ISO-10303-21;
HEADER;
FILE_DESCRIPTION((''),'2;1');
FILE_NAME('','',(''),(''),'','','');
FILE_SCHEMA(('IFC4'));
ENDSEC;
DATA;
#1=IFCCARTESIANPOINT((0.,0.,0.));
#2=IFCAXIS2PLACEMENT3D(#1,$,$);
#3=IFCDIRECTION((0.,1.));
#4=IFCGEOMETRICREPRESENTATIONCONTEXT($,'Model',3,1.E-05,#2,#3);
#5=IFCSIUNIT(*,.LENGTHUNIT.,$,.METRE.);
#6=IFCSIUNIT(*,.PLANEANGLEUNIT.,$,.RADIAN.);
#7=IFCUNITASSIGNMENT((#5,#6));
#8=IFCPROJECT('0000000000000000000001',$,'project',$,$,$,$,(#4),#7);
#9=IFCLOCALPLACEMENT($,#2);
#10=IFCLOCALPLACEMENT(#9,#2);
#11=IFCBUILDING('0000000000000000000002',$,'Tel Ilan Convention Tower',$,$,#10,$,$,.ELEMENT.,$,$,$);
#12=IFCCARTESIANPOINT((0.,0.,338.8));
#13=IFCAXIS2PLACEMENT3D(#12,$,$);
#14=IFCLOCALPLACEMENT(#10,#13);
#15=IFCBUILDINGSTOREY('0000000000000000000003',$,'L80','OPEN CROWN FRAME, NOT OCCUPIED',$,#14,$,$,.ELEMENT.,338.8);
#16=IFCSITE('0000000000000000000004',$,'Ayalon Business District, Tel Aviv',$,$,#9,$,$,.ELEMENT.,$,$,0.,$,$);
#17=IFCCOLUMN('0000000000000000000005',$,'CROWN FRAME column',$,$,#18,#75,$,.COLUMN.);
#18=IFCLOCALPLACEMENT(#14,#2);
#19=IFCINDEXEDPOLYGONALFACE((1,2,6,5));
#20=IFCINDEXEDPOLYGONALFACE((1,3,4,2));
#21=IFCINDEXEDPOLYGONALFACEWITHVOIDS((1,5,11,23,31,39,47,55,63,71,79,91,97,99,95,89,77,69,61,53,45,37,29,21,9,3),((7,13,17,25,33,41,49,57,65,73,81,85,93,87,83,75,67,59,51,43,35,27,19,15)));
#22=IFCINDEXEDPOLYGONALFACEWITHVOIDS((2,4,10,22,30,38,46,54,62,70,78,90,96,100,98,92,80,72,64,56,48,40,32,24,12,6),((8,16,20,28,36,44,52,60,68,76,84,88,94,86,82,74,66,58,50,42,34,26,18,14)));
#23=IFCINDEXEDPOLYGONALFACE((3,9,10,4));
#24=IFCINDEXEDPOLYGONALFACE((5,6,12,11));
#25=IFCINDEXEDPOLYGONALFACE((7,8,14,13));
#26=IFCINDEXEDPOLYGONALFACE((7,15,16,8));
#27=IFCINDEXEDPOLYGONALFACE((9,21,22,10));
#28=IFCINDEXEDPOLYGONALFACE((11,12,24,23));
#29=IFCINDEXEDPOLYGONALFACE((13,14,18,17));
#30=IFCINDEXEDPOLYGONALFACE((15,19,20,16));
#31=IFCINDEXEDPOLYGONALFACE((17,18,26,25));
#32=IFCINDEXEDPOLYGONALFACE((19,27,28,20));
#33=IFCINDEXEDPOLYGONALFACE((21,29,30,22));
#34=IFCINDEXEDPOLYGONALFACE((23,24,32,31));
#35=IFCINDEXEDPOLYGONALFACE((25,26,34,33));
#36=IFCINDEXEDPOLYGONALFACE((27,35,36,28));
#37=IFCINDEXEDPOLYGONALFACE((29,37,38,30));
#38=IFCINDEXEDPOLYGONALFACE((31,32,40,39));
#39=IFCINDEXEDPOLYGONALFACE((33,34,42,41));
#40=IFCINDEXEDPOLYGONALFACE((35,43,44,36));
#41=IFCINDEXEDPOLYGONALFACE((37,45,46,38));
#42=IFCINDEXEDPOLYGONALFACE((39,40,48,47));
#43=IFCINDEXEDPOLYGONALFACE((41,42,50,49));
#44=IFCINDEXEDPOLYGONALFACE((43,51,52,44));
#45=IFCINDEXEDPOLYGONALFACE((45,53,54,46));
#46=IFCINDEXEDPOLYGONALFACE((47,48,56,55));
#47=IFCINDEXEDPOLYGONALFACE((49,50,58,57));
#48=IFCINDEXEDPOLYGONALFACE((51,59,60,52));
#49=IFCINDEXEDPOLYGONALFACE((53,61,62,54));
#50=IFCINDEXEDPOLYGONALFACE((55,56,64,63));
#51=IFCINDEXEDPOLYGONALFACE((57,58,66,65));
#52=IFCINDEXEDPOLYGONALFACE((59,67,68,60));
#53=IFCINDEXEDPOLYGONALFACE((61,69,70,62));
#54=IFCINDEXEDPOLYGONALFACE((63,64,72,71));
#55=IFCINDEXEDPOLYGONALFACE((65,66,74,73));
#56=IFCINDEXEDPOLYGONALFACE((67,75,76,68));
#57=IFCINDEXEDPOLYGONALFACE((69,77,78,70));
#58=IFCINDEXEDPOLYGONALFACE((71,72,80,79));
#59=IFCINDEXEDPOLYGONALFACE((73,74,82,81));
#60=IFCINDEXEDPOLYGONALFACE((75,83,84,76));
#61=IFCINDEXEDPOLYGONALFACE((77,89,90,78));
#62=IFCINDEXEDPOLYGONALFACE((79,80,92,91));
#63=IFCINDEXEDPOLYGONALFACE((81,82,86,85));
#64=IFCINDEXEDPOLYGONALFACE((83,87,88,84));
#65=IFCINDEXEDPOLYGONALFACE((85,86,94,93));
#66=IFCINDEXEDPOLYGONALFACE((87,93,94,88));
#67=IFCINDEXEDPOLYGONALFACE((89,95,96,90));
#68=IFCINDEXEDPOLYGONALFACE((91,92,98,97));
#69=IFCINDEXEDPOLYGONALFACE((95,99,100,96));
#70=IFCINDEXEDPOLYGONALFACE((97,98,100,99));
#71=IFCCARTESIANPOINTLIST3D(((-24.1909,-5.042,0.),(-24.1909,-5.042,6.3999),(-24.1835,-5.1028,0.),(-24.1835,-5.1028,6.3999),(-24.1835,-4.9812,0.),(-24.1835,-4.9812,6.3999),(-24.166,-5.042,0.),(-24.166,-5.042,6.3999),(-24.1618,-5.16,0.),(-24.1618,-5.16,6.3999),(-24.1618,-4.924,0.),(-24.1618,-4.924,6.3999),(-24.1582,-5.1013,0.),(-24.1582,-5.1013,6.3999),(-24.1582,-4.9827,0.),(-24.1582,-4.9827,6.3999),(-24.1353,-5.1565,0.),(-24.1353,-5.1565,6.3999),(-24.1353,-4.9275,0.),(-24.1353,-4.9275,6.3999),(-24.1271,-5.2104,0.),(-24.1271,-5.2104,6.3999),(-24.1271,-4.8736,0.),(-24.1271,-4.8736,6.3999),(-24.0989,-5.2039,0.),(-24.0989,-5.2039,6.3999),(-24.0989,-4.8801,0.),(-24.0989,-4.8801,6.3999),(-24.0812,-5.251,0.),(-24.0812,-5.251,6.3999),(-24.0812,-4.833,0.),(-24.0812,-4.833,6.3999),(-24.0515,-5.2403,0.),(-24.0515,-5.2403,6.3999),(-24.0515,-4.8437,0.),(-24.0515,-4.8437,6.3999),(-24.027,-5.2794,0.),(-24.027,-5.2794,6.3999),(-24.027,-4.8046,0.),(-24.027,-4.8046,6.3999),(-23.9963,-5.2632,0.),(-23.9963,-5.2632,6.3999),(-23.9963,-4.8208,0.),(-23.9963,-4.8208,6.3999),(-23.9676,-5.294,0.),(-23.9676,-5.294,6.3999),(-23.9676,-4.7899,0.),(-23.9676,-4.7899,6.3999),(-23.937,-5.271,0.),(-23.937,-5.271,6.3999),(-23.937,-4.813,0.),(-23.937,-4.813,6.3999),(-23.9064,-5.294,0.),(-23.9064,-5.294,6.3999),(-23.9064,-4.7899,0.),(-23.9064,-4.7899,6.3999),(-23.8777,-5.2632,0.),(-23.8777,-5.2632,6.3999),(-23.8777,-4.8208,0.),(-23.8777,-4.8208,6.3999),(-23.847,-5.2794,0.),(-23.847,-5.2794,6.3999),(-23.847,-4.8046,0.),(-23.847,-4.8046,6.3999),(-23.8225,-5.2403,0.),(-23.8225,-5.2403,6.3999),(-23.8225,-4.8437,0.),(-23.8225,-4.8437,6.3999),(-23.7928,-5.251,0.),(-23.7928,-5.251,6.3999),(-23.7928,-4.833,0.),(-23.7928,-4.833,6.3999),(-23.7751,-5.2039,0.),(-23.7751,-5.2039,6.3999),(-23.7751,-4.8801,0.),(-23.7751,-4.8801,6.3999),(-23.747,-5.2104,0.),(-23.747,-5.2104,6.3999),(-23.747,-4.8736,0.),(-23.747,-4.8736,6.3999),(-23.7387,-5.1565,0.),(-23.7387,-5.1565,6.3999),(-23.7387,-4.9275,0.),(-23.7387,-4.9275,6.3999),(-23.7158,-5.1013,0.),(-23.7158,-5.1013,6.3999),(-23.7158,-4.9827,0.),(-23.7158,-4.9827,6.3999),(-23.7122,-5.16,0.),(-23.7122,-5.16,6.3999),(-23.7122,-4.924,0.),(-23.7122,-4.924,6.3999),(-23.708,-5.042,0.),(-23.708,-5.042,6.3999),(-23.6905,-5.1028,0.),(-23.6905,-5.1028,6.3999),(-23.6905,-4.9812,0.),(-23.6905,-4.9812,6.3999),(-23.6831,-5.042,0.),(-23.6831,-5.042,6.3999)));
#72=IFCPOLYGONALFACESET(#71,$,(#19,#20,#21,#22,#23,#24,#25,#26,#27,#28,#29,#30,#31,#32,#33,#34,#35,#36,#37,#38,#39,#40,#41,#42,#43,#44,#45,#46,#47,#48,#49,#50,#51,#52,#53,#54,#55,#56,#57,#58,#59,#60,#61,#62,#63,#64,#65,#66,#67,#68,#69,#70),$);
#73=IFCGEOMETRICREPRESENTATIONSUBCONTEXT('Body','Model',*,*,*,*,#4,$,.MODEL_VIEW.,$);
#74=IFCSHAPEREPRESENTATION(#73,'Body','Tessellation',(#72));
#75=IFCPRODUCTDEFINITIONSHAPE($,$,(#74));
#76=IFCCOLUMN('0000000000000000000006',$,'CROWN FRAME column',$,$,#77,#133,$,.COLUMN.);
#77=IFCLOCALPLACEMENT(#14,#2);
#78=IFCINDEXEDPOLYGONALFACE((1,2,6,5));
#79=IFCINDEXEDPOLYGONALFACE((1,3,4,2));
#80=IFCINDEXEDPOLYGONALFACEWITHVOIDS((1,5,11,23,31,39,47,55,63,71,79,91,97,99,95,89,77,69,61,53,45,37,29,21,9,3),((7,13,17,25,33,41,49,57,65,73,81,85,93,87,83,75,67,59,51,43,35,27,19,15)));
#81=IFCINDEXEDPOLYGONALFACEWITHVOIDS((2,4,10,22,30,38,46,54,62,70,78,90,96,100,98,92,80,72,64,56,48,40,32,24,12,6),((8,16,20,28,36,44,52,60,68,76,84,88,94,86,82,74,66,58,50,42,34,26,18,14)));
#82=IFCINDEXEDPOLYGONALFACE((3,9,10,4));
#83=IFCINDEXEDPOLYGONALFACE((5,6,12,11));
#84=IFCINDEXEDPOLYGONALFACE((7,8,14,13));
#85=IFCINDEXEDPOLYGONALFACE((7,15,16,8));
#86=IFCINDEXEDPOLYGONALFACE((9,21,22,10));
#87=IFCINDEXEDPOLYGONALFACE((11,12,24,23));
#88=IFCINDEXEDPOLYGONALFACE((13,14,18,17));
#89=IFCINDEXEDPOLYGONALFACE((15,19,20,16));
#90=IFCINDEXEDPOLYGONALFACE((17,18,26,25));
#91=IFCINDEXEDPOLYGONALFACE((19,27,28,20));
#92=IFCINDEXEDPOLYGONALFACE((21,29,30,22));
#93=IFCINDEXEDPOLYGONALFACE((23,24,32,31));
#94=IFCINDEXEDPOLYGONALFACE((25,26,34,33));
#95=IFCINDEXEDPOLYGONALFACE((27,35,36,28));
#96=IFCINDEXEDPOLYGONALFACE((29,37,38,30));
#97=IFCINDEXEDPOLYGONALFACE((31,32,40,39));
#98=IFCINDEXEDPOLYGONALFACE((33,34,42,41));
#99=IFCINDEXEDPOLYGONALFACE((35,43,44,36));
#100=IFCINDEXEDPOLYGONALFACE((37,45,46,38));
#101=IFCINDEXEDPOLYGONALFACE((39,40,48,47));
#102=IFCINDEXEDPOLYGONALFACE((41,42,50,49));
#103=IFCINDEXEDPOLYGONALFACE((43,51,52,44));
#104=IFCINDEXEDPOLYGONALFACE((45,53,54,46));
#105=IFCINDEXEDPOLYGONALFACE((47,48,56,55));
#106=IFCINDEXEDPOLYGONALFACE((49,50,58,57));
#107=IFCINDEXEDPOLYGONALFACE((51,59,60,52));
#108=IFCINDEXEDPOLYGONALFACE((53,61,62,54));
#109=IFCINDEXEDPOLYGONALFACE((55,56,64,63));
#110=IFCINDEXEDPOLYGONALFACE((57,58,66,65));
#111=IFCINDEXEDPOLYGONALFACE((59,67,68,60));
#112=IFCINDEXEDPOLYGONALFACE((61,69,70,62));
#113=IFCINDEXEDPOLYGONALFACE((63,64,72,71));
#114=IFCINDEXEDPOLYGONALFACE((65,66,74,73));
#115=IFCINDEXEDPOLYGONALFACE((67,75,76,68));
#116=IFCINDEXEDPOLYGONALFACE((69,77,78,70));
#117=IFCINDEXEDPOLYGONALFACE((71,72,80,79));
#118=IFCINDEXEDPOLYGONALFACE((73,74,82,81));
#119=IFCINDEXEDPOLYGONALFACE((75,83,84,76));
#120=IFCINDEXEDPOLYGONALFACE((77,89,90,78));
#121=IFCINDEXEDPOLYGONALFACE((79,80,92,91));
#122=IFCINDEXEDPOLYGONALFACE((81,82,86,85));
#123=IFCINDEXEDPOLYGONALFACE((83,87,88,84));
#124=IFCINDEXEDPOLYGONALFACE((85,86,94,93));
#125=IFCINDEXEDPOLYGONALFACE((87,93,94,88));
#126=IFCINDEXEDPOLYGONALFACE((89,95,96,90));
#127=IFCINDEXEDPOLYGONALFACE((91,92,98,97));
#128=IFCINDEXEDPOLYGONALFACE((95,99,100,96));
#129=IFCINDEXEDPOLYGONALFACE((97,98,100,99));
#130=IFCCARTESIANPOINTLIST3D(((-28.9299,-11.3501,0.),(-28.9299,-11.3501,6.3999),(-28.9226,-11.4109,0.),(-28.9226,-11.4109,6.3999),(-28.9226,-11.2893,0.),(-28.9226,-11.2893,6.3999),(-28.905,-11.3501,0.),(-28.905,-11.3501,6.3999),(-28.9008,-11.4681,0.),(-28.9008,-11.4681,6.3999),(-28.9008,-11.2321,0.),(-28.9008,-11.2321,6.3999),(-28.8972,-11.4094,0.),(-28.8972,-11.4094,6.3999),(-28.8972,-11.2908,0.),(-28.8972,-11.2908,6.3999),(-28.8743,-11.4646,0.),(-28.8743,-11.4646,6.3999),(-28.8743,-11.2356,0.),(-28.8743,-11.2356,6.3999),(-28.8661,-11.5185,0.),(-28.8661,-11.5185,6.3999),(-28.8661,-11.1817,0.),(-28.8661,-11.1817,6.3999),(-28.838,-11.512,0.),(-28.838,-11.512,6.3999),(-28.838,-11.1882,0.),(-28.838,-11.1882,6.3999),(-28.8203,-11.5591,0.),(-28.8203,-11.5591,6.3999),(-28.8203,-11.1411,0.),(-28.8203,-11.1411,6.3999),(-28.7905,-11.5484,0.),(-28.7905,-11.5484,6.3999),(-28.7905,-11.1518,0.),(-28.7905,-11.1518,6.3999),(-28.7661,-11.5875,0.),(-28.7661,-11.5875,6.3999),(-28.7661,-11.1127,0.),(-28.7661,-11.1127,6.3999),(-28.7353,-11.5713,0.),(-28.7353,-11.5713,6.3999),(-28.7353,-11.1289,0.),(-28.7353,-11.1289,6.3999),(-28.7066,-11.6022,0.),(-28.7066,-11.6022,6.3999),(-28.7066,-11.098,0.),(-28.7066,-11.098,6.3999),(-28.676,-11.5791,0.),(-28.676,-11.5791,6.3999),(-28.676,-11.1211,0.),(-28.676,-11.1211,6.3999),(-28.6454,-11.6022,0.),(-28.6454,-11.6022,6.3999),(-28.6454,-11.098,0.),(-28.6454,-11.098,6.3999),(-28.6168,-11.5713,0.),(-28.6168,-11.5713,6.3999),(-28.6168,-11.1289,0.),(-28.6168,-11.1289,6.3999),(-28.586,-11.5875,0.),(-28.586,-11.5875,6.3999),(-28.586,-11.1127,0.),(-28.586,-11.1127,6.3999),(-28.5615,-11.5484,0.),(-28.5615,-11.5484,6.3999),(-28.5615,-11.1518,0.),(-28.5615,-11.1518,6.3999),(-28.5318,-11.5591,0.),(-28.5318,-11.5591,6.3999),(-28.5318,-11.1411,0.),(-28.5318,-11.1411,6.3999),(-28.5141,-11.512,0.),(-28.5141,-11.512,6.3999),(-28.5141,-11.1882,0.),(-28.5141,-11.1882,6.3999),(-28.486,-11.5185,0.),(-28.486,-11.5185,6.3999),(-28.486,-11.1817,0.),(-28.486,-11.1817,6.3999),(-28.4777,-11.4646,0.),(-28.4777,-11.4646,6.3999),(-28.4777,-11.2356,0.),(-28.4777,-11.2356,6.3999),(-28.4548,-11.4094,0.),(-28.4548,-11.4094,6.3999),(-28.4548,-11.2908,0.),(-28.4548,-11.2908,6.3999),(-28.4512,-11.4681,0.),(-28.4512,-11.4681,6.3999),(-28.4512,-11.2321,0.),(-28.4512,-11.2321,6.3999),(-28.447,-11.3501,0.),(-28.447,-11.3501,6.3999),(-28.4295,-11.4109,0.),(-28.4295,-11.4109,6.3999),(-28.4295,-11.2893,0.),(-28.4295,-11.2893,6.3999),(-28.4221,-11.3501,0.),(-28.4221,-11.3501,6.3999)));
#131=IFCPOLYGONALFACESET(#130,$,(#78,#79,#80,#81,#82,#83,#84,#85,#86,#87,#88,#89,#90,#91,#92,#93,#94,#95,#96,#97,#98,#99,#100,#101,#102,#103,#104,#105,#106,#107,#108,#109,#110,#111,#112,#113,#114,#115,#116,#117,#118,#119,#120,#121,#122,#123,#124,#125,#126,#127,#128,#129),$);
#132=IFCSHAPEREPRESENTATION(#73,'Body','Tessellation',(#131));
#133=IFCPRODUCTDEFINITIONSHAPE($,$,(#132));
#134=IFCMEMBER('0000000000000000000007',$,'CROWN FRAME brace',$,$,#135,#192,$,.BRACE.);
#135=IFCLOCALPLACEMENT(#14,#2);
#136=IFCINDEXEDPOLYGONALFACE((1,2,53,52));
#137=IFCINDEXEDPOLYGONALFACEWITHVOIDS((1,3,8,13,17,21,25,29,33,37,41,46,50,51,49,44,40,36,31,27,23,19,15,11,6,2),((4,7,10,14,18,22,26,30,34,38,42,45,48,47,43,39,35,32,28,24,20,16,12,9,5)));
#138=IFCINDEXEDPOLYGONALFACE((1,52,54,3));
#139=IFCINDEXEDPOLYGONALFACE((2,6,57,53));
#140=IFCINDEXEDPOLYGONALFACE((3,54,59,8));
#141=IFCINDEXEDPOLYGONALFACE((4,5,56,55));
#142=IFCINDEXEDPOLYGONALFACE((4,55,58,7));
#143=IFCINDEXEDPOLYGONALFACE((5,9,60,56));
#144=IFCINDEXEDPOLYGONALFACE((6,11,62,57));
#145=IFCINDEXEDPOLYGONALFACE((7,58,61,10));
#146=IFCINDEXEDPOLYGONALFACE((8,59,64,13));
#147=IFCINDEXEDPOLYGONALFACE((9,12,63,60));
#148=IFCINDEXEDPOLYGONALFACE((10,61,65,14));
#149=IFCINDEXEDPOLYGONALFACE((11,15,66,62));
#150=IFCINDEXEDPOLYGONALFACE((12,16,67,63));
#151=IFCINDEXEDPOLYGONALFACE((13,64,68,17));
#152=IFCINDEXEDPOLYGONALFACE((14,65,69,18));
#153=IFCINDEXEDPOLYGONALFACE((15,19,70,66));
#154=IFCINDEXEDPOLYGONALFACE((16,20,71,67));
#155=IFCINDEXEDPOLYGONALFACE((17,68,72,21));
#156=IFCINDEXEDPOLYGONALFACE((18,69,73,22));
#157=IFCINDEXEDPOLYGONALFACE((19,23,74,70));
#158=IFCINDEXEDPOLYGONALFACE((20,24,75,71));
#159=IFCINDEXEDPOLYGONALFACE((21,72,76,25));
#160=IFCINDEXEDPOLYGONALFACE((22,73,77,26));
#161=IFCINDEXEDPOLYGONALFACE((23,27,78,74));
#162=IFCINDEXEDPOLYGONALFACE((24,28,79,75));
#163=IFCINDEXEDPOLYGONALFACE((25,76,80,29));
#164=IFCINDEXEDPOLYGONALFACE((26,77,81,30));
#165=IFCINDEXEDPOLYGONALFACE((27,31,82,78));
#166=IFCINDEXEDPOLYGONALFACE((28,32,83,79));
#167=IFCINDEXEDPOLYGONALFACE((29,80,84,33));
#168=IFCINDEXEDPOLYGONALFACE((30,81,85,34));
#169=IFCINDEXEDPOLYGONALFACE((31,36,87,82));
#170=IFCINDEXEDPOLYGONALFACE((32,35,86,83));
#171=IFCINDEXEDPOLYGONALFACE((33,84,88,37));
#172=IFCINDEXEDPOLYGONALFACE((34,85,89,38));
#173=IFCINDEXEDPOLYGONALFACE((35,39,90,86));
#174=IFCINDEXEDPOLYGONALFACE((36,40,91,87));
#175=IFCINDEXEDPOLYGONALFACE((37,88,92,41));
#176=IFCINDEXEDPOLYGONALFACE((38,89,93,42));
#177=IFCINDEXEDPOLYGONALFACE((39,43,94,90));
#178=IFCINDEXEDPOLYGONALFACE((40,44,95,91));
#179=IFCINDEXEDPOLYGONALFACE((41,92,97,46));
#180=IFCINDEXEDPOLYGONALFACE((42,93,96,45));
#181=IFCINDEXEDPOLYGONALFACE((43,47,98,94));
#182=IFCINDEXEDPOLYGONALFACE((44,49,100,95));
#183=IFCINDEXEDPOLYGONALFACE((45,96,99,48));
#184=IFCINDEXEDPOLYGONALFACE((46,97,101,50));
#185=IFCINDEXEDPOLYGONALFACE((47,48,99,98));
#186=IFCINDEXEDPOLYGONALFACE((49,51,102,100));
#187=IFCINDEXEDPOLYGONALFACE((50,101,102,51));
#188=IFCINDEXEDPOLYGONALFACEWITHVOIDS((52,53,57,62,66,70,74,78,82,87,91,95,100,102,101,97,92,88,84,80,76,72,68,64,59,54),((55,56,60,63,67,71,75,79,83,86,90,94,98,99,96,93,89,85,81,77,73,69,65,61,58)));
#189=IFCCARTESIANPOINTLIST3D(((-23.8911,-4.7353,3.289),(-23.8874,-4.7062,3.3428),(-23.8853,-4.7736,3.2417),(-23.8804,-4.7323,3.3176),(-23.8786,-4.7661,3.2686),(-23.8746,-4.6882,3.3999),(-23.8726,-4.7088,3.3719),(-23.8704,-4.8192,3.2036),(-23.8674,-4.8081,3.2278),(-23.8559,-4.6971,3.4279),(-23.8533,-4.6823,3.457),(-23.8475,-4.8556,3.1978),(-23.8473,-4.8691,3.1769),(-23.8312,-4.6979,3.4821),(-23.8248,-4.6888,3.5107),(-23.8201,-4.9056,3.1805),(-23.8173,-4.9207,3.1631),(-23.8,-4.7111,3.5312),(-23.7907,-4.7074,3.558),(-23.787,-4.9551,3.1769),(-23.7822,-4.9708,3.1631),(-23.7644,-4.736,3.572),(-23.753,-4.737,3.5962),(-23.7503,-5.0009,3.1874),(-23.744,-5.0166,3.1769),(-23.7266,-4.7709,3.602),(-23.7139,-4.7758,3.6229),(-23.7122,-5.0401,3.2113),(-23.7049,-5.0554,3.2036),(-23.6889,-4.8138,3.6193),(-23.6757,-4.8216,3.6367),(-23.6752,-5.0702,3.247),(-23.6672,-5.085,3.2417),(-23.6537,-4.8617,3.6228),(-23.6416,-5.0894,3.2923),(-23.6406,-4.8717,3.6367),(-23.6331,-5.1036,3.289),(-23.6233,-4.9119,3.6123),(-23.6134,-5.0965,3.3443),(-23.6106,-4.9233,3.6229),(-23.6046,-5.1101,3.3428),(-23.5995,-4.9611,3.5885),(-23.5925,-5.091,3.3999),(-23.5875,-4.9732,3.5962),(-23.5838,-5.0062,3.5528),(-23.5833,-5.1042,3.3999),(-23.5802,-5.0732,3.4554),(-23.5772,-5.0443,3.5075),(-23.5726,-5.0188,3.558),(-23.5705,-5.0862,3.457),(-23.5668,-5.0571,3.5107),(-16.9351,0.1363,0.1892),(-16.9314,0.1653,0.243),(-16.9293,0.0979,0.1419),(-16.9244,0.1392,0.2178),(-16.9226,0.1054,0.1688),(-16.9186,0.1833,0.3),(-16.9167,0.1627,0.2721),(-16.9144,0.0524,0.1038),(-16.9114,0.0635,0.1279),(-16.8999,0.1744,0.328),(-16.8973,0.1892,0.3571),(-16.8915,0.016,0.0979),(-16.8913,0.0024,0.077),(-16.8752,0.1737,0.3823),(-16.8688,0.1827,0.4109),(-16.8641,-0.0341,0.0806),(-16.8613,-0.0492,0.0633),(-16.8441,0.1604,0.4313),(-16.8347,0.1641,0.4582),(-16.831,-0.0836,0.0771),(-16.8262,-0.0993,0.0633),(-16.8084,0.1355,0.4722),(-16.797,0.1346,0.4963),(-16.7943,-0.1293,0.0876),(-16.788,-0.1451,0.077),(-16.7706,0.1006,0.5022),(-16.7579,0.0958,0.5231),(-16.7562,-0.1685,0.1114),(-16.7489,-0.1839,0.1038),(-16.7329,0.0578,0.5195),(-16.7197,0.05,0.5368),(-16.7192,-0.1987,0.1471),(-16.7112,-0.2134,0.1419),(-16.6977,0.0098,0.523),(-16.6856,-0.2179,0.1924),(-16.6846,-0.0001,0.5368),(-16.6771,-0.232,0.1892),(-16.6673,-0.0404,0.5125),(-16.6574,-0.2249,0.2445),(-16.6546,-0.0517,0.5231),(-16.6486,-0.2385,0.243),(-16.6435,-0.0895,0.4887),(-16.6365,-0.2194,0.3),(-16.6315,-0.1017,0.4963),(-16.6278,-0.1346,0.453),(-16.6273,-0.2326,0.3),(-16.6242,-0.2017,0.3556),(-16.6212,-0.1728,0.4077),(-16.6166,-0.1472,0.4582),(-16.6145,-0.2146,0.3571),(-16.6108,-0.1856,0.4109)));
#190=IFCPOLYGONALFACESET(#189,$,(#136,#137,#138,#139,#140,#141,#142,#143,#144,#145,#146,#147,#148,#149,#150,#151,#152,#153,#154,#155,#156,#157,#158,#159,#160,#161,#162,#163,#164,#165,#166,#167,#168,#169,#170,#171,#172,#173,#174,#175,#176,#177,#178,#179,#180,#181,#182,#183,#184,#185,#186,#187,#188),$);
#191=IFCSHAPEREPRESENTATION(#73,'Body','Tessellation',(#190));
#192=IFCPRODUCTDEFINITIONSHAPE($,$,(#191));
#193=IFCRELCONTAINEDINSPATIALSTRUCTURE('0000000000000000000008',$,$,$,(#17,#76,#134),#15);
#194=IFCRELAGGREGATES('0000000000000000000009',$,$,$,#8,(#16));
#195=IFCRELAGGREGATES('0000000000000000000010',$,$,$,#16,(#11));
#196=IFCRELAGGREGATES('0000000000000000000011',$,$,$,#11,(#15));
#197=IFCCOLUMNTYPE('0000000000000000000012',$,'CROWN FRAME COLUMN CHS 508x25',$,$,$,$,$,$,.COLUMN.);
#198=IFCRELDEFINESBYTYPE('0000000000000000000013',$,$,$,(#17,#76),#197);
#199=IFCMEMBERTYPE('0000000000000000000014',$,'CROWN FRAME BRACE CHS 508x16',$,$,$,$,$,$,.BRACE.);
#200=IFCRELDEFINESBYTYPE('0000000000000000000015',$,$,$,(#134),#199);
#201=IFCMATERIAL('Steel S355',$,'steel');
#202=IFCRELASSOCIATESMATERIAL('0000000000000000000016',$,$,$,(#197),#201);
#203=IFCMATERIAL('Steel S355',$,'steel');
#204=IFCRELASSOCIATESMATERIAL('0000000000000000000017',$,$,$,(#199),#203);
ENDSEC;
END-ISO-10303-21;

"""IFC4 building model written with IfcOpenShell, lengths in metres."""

from ifc_helpers import new_model, si_unit, direction, frame, origin, origin_2d, place, context, subcontext, project, spatial, hollow_circle, extrude, material, material_profile, profile_set, type_object, element, save


model = new_model("IFC4")

# Units and contexts
model_context = context("Model", 3, precision=1e-05, world=origin(), true_north=direction((0.0, 1.0)))
body_context = subcontext(model_context, "Body", "Model", "MODEL_VIEW")
ifc_project = project(units=[si_unit("LENGTHUNIT", "METRE"), si_unit("PLANEANGLEUNIT", "RADIAN")], contexts=[model_context])

# Site, building, storey
site_placement = place(None, origin())
site = spatial("IfcSite", under=ifc_project, at=site_placement, Name="Ayalon Business District, Tel Aviv", CompositionType="ELEMENT", RefElevation=0.0)
building_placement = place(site_placement, origin())
building = spatial("IfcBuilding", under=site, at=building_placement, Name="Tel Ilan Convention Tower", CompositionType="ELEMENT")
storey_placement = place(building_placement, frame((0.0, 0.0, 338.8)))
storey = spatial("IfcBuildingStorey", under=building, at=storey_placement, Name="L80", Description="OPEN CROWN FRAME, NOT OCCUPIED", CompositionType="ELEMENT", Elevation=338.8)

# Columns
ifc_material_1 = material(Name="Steel S355", Category="steel")
ifc_material_profile_1 = material_profile(ifc_material_1, hollow_circle(Radius=0.2539, WallThickness=0.0249, at=origin_2d()), Name="CHS 508x25")
ifc_profile_set_1 = profile_set([ifc_material_profile_1], Name="Steel S355")
column_type = type_object("IfcColumnType", Name="CROWN FRAME COLUMN CHS 508x25", PredefinedType="COLUMN", material=ifc_profile_set_1)
for number, where, z_axis, x_axis, name in (
    (1, (-23.937, -5.042, 0.0), (0.0, 0.0, 1.0), (1.0, 0.0, 0.0), "CROWN FRAME column"),
    (2, (-28.676, -11.3501, 0.0), (0.0, 0.0, 1.0), (1.0, 0.0, 0.0), "CROWN FRAME column"),
):
    element("IfcColumn", number, at=place(storey_placement, frame(where, z_axis=z_axis, x_axis=x_axis)), inside=storey, type_object=column_type, Name=name, PredefinedType="COLUMN", context=body_context, shape_type="SweptSolid", body=[
        extrude(hollow_circle(Radius=0.2539, WallThickness=0.0249, at=origin_2d()), origin(), (0.0, 0.0, 1.0), 6.3999),
    ])

# Member
ifc_material_2 = material(Name="Steel S355", Category="steel")
ifc_material_profile_2 = material_profile(ifc_material_2, hollow_circle(Radius=0.2539, WallThickness=0.0161, at=origin_2d()), Name="CHS 508x16")
ifc_profile_set_2 = profile_set([ifc_material_profile_2], Name="Steel S355")
member_type_1 = type_object("IfcMemberType", Name="CROWN FRAME BRACE CHS 508x16", PredefinedType="BRACE", material=ifc_profile_set_2)
member_1_placement = place(storey_placement, frame((-16.7729, -0.0247, 0.3), z_axis=(-0.769444, -0.53887, 0.342891), x_axis=(0.573648, -0.819102, 0.0)))
element("IfcMember", 3, at=member_1_placement, inside=storey, type_object=member_type_1, Name="CROWN FRAME brace", PredefinedType="BRACE", context=body_context, shape_type="SweptSolid", body=[
    extrude(hollow_circle(Radius=0.2539, WallThickness=0.0161, at=origin_2d()), origin(), (0.0, 0.0, 1.0), 9.0403),
])

save(model, "model.ifc")
